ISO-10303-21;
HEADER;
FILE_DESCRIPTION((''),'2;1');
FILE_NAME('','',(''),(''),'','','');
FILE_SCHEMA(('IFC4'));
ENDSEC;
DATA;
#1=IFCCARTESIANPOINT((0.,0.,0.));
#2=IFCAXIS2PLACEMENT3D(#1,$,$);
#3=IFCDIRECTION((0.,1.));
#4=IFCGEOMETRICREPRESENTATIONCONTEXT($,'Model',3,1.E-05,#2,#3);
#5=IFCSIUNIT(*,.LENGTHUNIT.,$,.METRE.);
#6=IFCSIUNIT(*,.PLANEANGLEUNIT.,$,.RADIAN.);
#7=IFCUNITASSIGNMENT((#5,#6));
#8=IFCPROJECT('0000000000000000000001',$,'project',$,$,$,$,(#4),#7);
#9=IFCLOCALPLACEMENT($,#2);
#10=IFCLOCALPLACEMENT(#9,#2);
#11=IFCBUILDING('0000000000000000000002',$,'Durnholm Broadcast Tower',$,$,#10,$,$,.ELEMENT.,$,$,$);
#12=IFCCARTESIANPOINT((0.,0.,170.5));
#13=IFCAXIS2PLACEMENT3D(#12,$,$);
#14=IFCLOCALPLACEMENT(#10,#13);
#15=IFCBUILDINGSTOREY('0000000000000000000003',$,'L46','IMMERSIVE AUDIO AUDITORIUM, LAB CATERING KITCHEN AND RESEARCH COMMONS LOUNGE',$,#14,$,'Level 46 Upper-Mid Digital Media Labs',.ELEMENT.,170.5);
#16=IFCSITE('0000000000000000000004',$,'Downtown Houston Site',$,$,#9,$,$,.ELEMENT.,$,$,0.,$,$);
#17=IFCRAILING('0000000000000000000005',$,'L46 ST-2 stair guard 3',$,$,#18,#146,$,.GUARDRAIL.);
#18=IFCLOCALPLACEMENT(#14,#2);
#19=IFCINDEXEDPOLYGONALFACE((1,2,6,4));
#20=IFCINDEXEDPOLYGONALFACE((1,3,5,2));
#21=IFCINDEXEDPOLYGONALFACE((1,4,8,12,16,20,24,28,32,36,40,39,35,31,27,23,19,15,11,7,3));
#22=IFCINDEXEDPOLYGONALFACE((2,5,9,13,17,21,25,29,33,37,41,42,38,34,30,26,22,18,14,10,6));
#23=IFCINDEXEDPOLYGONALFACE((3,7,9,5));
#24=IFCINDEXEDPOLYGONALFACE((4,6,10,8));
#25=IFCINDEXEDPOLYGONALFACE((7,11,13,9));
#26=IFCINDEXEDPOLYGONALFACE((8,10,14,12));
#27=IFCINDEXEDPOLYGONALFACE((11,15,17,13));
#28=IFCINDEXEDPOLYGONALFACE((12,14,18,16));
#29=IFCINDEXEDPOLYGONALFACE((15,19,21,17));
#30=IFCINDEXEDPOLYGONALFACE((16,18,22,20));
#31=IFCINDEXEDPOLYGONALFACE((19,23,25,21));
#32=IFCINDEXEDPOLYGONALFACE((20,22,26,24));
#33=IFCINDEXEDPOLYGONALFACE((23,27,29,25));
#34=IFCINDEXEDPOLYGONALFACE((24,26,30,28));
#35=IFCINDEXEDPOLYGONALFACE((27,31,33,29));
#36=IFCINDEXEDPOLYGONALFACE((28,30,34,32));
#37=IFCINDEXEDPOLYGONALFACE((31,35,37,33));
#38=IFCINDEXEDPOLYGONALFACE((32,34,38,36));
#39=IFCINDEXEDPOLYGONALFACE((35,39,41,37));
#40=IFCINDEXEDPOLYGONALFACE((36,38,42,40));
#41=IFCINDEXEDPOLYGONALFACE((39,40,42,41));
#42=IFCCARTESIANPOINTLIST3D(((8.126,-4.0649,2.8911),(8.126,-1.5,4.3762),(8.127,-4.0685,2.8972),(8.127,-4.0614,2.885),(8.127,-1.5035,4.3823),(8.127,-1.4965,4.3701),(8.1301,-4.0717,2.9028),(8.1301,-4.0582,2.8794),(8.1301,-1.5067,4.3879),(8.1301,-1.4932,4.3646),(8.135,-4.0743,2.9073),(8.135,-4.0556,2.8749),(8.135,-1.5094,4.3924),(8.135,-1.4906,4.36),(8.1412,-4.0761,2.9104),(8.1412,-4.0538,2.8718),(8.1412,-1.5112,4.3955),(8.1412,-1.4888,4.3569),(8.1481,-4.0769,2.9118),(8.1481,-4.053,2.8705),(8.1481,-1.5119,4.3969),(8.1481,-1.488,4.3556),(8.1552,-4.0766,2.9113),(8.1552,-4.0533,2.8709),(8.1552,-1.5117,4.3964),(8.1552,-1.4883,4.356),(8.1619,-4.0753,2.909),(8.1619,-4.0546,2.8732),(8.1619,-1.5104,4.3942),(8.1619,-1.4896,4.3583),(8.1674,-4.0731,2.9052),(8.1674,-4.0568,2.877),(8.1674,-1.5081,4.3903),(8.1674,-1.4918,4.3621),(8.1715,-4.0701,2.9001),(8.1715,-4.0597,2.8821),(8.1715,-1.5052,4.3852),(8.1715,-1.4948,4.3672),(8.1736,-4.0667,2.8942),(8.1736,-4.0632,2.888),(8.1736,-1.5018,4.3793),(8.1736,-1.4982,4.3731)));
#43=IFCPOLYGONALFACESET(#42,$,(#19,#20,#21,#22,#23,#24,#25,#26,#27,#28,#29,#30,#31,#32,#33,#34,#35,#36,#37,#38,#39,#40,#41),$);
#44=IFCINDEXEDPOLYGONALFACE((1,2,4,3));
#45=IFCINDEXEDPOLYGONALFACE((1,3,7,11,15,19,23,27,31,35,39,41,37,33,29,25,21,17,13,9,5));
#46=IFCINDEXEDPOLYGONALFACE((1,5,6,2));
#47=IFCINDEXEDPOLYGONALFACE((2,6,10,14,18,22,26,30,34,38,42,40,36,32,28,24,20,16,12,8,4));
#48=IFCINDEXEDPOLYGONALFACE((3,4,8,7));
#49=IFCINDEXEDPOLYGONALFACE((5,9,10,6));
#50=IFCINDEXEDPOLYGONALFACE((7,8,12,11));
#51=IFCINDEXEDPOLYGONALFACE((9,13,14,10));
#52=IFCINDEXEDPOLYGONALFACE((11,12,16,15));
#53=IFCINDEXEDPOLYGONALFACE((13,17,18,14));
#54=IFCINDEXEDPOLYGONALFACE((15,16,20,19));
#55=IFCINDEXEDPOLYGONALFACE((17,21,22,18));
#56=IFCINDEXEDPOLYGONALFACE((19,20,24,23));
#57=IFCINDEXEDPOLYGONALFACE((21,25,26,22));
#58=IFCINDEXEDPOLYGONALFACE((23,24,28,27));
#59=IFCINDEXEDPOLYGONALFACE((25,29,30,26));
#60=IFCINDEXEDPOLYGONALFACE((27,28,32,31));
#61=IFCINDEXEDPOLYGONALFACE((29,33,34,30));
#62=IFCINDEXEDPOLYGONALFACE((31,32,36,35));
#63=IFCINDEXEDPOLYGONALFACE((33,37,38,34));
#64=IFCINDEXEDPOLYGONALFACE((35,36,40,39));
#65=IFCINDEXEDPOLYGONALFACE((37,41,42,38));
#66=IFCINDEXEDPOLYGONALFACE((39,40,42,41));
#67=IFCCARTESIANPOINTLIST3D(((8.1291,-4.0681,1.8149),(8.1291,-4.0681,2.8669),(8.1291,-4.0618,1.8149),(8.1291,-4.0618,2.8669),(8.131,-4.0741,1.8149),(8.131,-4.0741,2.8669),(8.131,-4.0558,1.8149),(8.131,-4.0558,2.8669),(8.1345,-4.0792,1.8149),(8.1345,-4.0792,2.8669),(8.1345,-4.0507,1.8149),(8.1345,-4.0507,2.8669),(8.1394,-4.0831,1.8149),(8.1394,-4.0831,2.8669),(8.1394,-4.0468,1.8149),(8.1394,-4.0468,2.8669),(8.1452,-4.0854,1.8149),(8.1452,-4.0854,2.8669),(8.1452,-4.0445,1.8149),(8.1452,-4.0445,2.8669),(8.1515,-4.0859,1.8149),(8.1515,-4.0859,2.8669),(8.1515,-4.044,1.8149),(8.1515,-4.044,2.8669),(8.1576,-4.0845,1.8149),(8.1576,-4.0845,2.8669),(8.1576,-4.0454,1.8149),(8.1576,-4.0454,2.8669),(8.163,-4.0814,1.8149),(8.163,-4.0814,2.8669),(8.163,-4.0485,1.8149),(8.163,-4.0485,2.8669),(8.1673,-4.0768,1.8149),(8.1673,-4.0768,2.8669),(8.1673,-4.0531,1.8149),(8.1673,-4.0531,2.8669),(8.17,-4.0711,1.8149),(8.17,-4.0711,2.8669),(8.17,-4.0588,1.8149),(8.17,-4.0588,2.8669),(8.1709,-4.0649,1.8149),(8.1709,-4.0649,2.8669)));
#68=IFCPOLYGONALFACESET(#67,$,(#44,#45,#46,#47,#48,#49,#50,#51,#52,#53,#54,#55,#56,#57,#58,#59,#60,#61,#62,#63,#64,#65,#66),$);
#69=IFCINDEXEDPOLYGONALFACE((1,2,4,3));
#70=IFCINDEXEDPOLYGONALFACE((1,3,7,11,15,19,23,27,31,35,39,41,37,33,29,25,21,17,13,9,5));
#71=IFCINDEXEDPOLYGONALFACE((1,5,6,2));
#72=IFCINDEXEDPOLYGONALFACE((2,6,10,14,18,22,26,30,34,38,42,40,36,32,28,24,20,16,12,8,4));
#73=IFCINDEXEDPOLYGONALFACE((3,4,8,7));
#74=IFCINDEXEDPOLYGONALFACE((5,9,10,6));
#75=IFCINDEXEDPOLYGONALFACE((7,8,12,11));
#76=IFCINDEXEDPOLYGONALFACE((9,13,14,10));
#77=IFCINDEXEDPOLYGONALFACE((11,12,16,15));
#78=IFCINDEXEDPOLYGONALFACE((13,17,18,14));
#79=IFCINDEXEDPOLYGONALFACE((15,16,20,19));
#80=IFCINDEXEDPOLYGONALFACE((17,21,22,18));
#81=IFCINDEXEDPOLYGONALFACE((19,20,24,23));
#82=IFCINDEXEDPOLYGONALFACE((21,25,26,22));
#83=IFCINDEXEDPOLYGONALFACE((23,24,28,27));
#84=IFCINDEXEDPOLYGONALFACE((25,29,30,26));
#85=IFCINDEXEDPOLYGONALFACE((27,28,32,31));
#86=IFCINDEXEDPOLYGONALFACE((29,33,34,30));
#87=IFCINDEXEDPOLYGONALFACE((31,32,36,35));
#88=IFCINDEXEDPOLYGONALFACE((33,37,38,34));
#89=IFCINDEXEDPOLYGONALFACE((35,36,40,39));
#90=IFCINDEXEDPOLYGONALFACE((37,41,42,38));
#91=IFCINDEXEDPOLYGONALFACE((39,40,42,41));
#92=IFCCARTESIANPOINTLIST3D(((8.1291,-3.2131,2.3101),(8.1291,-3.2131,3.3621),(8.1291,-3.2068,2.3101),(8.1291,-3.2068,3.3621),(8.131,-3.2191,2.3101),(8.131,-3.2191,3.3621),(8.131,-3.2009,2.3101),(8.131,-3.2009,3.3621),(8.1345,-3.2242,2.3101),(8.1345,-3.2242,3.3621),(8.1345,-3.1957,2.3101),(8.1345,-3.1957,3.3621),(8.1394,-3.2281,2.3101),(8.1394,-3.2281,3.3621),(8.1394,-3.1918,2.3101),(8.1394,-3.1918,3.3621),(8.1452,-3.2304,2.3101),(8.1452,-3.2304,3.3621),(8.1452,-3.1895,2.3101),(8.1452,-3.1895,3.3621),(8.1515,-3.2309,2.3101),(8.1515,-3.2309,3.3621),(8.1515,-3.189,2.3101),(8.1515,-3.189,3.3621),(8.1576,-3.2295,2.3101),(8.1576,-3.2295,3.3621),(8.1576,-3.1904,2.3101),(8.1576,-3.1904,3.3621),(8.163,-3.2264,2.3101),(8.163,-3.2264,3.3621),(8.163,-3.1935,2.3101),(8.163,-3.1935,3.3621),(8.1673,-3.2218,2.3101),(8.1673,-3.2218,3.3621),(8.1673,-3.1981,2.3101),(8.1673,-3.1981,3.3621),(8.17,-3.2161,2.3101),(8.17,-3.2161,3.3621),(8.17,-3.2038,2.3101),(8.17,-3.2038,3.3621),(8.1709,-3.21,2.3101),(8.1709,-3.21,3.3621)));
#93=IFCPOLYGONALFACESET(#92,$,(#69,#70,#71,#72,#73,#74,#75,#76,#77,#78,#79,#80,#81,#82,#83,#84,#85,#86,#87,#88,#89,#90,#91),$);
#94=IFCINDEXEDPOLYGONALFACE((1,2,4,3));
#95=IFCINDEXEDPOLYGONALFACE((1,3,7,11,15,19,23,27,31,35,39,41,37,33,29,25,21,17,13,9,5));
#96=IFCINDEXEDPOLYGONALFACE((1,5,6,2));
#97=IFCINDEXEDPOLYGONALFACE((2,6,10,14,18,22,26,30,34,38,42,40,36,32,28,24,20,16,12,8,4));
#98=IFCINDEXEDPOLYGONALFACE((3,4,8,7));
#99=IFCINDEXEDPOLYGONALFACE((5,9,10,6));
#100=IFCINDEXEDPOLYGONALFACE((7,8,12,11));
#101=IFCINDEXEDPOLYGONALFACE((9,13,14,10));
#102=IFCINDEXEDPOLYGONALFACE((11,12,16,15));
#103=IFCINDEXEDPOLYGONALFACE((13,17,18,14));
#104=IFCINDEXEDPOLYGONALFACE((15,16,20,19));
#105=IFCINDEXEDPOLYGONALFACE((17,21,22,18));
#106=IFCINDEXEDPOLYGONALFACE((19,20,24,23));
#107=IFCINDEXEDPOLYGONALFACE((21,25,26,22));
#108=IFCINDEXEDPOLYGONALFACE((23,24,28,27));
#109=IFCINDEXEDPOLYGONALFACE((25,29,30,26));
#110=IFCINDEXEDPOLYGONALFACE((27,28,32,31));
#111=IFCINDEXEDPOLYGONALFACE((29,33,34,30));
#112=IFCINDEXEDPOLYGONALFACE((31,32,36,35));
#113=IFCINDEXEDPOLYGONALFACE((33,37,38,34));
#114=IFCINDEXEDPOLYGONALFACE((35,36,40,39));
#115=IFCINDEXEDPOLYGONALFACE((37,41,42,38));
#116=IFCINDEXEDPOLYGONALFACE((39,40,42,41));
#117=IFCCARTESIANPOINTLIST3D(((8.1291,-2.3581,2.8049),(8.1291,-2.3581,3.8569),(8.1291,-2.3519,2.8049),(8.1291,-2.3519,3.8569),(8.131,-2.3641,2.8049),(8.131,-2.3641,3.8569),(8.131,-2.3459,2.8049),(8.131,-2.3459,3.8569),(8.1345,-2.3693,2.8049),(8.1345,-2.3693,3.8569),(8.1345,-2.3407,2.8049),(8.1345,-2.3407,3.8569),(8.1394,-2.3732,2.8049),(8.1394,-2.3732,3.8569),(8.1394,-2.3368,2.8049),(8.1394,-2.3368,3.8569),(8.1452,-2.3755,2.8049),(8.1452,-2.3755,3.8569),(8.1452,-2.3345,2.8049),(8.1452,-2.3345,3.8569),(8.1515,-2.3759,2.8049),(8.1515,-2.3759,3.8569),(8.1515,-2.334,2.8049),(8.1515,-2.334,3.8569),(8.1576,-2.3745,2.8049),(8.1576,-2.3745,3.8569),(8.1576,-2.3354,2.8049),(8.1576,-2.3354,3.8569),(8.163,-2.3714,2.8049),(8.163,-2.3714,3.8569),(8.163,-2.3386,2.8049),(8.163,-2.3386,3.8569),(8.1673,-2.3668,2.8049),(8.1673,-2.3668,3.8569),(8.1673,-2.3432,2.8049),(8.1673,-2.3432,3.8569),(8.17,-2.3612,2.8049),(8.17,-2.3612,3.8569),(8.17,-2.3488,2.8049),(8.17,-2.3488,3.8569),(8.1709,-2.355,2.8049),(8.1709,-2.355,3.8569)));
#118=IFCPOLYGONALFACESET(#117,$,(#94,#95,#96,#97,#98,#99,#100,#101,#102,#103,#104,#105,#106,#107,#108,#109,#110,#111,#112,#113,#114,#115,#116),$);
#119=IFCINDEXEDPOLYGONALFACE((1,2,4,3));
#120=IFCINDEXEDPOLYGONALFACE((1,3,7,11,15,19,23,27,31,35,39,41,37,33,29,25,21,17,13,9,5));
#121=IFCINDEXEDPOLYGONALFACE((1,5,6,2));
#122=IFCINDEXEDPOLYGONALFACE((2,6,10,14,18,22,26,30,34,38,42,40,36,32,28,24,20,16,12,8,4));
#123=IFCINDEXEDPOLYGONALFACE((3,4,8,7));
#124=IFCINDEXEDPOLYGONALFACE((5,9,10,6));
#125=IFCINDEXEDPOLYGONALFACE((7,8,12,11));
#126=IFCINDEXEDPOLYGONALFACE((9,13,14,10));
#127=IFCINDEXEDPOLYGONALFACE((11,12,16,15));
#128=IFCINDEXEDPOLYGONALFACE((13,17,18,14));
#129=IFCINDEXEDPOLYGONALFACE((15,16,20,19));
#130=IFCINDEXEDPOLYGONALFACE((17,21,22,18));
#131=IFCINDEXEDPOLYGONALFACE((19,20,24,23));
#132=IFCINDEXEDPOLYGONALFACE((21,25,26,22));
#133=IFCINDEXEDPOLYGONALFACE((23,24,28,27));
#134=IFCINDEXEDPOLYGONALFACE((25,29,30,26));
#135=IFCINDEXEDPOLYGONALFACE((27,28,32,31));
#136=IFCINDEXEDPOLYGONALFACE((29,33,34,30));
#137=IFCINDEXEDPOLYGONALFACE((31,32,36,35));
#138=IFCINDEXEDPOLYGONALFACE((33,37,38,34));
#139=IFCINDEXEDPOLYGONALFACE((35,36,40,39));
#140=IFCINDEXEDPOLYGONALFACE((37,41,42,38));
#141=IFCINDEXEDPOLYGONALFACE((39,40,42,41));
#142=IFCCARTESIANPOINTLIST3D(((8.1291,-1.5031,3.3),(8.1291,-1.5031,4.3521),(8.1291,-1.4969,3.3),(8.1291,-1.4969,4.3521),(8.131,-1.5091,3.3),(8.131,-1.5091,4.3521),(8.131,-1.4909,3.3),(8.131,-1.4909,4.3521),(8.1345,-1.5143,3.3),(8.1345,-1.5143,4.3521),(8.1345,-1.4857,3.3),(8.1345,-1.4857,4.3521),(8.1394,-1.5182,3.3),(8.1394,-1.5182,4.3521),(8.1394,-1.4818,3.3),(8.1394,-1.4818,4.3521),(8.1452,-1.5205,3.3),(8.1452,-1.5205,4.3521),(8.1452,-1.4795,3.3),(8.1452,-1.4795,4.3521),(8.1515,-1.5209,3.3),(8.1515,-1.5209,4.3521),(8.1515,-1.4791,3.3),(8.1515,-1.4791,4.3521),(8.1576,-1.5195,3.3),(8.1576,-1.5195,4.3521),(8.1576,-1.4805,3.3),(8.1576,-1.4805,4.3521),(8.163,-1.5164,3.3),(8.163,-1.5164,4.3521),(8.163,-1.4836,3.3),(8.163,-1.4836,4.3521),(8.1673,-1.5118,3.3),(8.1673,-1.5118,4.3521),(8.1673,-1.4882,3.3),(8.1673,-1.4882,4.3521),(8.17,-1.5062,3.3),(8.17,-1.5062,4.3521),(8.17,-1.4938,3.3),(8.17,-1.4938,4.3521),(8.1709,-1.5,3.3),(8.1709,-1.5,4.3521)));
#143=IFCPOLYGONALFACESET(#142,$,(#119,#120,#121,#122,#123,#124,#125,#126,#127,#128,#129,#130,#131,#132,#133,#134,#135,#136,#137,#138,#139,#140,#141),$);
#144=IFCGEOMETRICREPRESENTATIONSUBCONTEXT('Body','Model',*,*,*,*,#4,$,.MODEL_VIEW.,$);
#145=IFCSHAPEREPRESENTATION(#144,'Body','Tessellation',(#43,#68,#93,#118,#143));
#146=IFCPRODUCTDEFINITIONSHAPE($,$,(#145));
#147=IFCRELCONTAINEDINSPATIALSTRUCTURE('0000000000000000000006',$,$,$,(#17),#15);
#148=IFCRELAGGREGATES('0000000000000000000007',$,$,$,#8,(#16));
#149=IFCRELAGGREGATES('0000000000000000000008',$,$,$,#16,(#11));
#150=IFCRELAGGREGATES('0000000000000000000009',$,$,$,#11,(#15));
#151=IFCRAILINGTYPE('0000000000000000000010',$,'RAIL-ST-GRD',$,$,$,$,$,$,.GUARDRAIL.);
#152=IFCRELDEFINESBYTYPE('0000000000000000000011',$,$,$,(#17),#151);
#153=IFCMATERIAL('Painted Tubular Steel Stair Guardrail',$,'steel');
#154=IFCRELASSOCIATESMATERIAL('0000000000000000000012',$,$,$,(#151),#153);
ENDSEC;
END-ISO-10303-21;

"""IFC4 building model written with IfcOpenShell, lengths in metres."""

from ifc_helpers import new_model, si_unit, direction, frame, origin, origin_2d, place, context, subcontext, project, spatial, circle, extrude, material, type_object, element, save


model = new_model("IFC4")

# Units and contexts
model_context = context("Model", 3, precision=1e-05, world=origin(), true_north=direction((0.0, 1.0)))
body_context = subcontext(model_context, "Body", "Model", "MODEL_VIEW")
ifc_project = project(units=[si_unit("LENGTHUNIT", "METRE"), si_unit("PLANEANGLEUNIT", "RADIAN")], contexts=[model_context])

# Site, building, storey
site_placement = place(None, origin())
site = spatial("IfcSite", under=ifc_project, at=site_placement, Name="Downtown Houston Site", CompositionType="ELEMENT", RefElevation=0.0)
building_placement = place(site_placement, origin())
building = spatial("IfcBuilding", under=site, at=building_placement, Name="Durnholm Broadcast Tower", CompositionType="ELEMENT")
storey_placement = place(building_placement, frame((0.0, 0.0, 170.5)))
storey = spatial("IfcBuildingStorey", under=building, at=storey_placement, Name="L46", Description="IMMERSIVE AUDIO AUDITORIUM, LAB CATERING KITCHEN AND RESEARCH COMMONS LOUNGE", LongName="Level 46 Upper-Mid Digital Media Labs", CompositionType="ELEMENT", Elevation=170.5)

# Railing
ifc_material_1 = material(Name="Painted Tubular Steel Stair Guardrail", Category="steel")
railing_type_1 = type_object("IfcRailingType", Name="RAIL-ST-GRD", PredefinedType="GUARDRAIL", material=ifc_material_1)
railing_1_placement = place(storey_placement, frame((8.1499, -4.0649, 1.8149)))
element("IfcRailing", 1, at=railing_1_placement, inside=storey, type_object=railing_type_1, Name="L46 ST-2 stair guard 3", PredefinedType="GUARDRAIL", context=body_context, shape_type="SweptSolid", body=[
    extrude(circle(Radius=0.0239, at=origin_2d()), frame((0.0, 0.0, 1.0762), z_axis=(0.0, 0.865406, 0.501072), x_axis=(-1.0, 0.0, 0.0)), (0.0, 0.0, 1.0), 2.9639),
    extrude(circle(Radius=0.021, at=origin_2d()), origin(), (0.0, 0.0, 1.0), 1.052),
    extrude(circle(Radius=0.021, at=origin_2d()), frame((0.0, 0.855, 0.4951)), (0.0, 0.0, 1.0), 1.052),
    extrude(circle(Radius=0.021, at=origin_2d()), frame((0.0, 1.71, 0.99)), (0.0, 0.0, 1.0), 1.052),
    extrude(circle(Radius=0.021, at=origin_2d()), frame((0.0, 2.5649, 1.4851)), (0.0, 0.0, 1.0), 1.052),
])

save(model, "model.ifc")
